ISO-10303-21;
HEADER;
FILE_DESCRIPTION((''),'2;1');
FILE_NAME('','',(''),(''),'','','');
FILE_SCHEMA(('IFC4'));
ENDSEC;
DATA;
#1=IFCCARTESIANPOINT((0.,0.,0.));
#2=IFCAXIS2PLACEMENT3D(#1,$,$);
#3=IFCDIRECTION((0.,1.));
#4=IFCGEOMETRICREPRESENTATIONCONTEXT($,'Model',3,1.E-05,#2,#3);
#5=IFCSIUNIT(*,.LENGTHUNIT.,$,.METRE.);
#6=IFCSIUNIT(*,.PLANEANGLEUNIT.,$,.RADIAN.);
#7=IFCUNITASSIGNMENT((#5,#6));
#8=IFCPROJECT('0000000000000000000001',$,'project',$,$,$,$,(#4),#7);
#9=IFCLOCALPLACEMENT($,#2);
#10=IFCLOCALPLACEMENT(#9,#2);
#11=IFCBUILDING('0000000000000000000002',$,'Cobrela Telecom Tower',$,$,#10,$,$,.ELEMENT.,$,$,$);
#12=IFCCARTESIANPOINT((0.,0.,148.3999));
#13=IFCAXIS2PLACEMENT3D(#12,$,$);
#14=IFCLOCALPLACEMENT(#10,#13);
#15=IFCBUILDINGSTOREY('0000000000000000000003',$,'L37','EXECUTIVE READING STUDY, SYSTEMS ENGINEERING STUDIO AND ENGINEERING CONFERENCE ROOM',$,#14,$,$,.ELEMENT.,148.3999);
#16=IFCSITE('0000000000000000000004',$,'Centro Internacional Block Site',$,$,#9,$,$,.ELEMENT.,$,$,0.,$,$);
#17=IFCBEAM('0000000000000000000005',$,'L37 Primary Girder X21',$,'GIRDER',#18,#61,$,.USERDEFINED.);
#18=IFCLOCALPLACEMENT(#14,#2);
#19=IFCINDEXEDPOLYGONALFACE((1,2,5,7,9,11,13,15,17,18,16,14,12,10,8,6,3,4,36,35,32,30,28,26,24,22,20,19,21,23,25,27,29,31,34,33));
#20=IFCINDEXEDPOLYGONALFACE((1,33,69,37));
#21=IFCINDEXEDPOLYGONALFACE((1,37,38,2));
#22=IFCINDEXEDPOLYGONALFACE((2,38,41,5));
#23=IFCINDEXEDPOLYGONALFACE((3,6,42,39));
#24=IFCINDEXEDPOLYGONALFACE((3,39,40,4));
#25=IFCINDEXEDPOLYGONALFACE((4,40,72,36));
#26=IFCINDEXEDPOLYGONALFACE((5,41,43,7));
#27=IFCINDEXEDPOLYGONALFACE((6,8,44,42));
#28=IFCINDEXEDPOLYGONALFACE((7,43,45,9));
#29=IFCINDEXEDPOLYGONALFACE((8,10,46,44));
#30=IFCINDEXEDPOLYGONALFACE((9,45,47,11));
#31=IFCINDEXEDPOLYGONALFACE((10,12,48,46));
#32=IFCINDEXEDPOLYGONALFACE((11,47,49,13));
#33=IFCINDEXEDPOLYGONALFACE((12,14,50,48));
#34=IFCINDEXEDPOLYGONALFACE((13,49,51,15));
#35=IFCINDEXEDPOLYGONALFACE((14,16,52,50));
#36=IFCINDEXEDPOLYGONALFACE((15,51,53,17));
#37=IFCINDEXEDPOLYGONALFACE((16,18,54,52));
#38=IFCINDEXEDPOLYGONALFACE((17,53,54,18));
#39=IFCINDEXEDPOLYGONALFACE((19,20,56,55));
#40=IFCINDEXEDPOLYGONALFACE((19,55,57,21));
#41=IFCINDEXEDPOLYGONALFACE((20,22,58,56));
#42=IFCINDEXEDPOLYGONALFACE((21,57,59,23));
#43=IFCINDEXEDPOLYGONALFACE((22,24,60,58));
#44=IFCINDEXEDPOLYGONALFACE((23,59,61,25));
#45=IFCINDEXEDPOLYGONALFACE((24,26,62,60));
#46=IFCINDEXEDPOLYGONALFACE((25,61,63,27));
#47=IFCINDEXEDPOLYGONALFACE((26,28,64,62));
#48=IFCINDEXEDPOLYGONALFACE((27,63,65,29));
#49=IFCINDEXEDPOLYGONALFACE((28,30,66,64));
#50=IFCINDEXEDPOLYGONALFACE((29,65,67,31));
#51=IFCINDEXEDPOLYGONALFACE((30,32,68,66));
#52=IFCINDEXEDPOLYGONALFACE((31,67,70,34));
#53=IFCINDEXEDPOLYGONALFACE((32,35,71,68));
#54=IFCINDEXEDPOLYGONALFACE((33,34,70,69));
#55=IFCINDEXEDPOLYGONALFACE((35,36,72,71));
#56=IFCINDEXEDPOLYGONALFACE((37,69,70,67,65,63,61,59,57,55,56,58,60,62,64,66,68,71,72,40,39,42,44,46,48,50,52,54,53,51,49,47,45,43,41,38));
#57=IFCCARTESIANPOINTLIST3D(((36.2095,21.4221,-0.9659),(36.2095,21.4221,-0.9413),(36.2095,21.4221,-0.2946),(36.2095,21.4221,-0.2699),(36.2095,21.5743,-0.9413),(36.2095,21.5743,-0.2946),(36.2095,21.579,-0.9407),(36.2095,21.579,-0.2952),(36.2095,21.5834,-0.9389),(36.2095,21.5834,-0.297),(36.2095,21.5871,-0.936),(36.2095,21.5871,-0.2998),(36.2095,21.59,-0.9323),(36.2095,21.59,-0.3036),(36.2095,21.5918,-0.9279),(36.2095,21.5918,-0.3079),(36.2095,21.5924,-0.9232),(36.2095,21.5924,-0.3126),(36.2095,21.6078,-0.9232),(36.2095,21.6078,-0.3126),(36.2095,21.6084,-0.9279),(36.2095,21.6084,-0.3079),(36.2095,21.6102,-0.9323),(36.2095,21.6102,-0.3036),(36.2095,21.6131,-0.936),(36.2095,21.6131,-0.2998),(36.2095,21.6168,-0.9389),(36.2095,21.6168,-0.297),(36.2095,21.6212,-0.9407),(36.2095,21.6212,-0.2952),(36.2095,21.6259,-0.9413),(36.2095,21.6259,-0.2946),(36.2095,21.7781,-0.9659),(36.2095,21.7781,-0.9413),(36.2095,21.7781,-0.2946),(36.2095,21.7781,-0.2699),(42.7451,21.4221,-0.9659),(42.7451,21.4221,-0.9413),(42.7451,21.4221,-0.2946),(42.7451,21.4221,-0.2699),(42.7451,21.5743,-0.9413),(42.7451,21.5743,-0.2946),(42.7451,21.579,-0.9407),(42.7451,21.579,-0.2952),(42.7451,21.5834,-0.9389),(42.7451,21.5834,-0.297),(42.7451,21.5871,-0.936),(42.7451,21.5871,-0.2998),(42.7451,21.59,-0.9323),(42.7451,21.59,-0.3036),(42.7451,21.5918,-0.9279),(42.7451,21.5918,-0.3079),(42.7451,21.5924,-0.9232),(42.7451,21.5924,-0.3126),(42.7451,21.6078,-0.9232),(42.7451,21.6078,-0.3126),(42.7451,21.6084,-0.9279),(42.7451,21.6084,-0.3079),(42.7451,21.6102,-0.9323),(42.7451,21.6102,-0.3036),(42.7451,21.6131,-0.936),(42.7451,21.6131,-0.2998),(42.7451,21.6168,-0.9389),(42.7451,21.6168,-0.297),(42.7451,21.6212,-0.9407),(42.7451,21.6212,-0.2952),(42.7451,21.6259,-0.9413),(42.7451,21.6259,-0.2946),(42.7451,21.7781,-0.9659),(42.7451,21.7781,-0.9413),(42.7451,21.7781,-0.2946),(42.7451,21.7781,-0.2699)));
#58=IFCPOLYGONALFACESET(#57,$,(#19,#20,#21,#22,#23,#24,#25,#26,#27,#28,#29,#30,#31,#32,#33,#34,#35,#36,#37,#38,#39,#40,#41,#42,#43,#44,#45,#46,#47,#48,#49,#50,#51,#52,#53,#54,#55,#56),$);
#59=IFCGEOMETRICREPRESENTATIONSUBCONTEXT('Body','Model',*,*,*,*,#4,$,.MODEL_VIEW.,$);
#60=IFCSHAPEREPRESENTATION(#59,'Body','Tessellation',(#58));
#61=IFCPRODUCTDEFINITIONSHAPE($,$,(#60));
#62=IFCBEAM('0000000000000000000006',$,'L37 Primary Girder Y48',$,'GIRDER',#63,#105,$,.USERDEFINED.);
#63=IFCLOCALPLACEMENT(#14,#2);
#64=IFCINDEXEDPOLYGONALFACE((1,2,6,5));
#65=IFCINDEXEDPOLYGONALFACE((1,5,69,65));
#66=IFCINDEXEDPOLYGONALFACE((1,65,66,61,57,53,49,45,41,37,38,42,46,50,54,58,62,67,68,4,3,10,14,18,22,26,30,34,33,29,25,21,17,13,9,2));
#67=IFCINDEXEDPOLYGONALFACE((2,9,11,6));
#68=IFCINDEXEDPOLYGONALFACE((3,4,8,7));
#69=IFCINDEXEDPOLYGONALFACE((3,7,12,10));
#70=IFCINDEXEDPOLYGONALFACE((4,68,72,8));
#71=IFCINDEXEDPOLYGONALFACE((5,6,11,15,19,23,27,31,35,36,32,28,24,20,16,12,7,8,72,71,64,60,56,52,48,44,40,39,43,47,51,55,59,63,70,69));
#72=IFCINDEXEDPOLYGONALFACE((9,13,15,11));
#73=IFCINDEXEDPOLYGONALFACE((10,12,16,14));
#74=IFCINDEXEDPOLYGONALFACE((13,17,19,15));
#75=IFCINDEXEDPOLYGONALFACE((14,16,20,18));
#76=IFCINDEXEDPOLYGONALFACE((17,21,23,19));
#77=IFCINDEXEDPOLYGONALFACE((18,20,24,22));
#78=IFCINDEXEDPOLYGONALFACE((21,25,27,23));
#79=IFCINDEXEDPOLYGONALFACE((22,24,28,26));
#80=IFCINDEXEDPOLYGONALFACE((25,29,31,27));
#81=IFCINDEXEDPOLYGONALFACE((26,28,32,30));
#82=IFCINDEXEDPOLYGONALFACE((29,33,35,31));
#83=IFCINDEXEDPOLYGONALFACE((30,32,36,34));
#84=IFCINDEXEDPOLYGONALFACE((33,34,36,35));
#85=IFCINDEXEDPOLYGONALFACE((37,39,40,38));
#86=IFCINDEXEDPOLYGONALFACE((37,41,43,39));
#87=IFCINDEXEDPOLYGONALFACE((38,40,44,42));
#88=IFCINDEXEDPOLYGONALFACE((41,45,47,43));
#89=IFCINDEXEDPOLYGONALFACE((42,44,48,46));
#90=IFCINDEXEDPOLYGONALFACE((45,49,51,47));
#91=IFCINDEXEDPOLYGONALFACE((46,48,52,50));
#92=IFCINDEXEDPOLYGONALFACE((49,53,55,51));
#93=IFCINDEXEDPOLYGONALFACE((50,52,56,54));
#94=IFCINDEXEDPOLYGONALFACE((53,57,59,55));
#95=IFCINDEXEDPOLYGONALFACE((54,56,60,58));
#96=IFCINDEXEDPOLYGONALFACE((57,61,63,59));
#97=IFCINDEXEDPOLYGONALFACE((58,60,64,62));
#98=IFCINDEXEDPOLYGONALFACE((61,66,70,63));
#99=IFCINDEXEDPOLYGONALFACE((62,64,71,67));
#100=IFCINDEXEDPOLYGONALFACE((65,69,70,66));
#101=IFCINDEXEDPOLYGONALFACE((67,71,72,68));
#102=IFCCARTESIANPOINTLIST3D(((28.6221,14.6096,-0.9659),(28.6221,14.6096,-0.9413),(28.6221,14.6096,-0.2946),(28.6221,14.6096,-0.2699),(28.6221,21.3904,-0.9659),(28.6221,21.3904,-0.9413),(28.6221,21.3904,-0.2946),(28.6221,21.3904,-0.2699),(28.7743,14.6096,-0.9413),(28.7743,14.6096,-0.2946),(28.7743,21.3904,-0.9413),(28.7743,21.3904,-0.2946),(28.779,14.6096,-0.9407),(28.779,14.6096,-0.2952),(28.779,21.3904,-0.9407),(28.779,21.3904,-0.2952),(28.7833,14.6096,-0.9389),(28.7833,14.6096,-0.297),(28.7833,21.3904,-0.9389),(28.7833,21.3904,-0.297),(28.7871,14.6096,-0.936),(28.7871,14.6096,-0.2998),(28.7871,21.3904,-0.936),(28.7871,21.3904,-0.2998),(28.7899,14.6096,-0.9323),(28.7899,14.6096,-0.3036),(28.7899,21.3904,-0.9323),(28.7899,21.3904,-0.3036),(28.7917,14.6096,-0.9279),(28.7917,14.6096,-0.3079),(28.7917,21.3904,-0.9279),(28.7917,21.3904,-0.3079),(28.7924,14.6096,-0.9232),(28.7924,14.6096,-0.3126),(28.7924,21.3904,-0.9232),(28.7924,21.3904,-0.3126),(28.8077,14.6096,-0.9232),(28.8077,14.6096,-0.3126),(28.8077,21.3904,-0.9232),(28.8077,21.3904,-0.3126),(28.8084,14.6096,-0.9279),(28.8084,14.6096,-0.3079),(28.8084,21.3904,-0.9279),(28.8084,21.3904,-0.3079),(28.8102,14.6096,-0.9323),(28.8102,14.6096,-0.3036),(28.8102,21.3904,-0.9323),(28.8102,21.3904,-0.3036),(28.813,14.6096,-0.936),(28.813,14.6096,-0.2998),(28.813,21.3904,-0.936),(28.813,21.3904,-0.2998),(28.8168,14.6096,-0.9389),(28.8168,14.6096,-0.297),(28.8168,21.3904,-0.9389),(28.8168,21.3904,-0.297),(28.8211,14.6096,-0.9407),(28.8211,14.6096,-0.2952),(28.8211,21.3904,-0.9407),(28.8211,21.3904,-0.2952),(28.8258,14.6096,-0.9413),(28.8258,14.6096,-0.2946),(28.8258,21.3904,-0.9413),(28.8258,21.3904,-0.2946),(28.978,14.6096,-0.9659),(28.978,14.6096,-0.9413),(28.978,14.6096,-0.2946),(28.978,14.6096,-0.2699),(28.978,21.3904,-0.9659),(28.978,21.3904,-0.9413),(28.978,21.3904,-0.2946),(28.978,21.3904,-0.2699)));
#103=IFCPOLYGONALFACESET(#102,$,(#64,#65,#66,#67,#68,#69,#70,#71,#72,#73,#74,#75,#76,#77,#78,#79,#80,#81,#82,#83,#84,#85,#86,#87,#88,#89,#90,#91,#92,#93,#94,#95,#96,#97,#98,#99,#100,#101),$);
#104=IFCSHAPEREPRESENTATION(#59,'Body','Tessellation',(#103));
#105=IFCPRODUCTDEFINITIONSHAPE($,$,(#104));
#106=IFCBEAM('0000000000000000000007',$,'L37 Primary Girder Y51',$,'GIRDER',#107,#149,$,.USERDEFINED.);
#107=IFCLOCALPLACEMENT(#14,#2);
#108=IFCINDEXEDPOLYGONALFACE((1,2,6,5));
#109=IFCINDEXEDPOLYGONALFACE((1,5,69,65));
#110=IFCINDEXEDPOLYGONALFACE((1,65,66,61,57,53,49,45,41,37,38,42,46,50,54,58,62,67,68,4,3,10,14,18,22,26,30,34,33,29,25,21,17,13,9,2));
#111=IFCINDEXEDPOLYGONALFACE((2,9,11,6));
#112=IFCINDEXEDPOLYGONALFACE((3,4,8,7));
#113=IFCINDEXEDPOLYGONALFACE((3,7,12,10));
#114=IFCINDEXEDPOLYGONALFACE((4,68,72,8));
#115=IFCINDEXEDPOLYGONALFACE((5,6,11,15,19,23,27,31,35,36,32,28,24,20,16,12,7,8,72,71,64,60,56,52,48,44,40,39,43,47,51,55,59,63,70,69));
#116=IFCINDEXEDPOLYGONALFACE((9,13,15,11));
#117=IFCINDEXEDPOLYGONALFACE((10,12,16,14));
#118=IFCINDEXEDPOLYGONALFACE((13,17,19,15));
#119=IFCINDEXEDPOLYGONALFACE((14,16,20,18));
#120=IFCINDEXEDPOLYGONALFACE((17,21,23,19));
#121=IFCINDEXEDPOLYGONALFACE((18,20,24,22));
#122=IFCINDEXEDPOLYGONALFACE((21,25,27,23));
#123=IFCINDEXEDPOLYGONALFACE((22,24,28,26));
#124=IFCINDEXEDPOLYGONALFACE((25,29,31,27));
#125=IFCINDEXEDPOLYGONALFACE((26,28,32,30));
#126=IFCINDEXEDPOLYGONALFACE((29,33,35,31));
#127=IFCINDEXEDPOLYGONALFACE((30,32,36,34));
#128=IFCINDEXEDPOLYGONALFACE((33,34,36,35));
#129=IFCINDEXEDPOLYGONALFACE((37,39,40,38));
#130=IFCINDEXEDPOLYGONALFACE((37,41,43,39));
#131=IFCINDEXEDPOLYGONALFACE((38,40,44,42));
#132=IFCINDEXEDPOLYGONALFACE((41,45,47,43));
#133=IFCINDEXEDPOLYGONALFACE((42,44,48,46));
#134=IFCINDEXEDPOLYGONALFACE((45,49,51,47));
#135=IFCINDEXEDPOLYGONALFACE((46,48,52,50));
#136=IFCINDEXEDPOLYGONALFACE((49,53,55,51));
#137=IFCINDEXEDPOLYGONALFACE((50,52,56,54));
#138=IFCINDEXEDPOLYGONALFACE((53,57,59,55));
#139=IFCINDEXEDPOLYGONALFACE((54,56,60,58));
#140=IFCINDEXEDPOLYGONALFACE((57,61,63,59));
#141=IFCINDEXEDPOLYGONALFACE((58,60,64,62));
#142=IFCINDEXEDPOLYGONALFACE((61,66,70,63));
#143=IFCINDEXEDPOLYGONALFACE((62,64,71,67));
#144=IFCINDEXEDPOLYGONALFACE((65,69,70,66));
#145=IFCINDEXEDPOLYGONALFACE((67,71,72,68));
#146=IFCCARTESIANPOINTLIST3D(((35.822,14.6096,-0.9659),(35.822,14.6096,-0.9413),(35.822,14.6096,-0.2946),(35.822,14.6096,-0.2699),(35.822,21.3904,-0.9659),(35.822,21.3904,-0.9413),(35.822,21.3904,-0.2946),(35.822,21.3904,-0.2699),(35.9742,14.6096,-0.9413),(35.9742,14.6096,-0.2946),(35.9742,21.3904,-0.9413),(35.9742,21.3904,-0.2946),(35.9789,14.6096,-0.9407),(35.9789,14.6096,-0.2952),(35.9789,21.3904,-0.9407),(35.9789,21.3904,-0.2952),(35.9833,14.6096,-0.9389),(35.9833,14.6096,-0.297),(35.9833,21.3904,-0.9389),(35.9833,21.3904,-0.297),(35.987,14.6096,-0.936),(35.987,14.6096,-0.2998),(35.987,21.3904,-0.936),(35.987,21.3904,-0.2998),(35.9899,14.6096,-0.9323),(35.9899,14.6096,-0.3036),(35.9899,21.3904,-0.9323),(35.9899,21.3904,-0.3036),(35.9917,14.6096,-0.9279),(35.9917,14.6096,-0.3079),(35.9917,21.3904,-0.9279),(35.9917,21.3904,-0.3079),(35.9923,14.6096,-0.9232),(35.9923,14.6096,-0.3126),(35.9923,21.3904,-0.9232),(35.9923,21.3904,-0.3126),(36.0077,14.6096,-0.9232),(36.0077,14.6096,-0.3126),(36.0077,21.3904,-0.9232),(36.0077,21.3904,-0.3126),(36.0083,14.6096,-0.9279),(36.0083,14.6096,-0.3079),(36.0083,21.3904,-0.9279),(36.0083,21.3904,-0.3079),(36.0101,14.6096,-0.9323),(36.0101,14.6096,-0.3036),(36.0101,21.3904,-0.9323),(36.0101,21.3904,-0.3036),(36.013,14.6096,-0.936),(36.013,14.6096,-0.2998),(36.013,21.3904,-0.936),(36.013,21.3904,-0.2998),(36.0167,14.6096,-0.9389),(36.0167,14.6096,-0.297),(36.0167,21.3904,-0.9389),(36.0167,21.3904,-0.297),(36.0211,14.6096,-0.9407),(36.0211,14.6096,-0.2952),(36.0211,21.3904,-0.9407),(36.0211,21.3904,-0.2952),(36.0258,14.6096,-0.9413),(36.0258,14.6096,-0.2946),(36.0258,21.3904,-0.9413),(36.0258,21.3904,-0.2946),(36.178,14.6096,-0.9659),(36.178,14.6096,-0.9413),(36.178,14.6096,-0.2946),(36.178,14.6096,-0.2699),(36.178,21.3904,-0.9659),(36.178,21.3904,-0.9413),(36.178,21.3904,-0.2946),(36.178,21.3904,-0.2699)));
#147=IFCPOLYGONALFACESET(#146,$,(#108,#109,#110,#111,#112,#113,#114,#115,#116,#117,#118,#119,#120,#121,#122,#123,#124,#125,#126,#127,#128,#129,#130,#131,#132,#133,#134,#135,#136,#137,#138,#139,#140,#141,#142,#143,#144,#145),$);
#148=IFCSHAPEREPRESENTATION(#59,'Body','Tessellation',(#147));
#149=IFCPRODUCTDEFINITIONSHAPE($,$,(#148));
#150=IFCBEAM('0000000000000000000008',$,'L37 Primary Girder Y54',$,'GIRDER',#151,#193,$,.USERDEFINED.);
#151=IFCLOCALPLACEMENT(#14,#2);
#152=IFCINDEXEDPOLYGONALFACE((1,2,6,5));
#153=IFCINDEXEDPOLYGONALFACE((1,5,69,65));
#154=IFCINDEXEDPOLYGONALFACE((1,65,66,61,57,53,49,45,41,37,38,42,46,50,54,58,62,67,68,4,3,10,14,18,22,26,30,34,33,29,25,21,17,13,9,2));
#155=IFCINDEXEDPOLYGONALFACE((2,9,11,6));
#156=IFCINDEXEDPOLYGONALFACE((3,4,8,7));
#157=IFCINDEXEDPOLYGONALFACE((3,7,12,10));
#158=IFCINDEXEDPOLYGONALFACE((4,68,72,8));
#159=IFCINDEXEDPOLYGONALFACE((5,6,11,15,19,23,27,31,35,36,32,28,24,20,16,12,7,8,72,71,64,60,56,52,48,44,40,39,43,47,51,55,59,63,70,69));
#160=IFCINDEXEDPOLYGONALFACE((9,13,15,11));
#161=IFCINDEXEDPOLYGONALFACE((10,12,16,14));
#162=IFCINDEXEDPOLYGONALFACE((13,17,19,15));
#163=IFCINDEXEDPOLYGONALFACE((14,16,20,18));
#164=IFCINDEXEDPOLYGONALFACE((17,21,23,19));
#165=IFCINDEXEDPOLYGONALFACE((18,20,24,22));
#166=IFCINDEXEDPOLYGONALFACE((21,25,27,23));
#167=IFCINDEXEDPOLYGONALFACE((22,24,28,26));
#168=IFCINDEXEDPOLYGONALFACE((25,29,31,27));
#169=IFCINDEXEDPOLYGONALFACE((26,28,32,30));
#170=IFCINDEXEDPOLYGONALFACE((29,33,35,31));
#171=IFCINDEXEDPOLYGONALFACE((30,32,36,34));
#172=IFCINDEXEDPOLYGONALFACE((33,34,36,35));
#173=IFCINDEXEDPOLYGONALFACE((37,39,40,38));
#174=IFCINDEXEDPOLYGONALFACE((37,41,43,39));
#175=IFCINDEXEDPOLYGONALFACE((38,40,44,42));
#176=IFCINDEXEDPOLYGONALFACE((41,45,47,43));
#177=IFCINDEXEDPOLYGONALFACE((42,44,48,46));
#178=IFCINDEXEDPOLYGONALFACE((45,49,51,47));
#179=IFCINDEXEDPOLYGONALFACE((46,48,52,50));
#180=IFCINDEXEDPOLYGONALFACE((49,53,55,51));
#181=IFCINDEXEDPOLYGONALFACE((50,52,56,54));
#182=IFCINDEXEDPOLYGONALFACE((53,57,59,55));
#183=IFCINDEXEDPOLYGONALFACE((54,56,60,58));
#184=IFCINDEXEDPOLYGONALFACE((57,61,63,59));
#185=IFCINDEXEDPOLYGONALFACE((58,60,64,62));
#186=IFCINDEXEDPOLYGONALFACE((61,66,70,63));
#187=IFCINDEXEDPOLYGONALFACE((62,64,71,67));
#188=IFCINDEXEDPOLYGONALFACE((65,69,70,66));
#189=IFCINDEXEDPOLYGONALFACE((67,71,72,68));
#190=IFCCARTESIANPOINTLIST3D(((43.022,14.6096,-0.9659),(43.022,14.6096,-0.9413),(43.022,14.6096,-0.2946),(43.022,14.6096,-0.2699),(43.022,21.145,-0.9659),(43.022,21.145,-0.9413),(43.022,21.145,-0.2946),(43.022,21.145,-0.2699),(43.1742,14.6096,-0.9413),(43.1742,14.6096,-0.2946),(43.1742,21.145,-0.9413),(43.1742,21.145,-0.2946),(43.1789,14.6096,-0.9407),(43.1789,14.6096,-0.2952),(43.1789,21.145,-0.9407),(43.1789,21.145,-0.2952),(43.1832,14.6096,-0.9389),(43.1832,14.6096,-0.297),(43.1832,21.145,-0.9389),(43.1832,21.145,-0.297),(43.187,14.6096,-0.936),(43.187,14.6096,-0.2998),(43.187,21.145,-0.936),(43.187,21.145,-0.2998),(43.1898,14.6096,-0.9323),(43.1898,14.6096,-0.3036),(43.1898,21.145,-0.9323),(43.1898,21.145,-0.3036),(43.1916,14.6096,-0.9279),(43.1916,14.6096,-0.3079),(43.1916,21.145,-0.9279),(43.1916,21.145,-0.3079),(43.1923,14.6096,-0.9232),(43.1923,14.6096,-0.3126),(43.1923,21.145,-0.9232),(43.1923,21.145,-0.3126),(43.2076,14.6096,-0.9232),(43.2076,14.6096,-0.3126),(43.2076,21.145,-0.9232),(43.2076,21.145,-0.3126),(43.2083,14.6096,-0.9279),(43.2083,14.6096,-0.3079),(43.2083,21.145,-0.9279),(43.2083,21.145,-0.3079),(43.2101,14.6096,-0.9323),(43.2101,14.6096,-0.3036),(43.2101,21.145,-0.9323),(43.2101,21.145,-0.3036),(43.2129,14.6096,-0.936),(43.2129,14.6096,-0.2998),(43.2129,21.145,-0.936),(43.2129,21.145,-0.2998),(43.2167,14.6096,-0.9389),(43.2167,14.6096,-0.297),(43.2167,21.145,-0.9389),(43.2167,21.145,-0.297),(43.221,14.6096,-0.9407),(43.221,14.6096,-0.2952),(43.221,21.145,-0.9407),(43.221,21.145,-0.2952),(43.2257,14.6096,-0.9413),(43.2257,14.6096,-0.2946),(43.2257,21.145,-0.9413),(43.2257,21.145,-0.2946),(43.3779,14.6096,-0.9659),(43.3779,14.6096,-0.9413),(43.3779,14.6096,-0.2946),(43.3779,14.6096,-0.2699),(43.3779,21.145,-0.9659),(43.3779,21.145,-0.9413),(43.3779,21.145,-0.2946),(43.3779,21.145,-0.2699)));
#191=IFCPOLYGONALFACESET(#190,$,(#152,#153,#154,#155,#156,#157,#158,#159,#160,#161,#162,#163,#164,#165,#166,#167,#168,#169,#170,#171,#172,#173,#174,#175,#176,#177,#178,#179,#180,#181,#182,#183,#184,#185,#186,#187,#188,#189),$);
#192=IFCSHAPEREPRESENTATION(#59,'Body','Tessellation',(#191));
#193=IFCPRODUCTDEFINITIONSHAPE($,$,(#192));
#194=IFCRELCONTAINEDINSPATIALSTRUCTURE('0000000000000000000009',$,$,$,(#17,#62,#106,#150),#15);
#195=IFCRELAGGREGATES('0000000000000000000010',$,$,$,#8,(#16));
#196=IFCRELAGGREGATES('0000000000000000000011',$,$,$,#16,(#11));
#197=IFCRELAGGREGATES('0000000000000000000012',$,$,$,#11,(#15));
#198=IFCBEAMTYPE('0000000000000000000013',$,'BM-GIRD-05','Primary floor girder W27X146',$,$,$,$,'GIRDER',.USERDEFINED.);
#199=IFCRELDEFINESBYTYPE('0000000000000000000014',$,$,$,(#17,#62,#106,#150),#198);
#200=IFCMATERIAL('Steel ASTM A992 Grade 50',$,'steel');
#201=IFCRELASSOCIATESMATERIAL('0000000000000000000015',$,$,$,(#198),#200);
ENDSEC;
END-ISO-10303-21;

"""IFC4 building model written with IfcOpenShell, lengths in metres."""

from ifc_helpers import new_model, si_unit, direction, frame, origin, origin_2d, place, context, subcontext, project, spatial, i_section, extrude, material, material_profile, profile_set, type_object, element, save


model = new_model("IFC4")

# Units and contexts
model_context = context("Model", 3, precision=1e-05, world=origin(), true_north=direction((0.0, 1.0)))
body_context = subcontext(model_context, "Body", "Model", "MODEL_VIEW")
ifc_project = project(units=[si_unit("LENGTHUNIT", "METRE"), si_unit("PLANEANGLEUNIT", "RADIAN")], contexts=[model_context])

# Site, building, storey
site_placement = place(None, origin())
site = spatial("IfcSite", under=ifc_project, at=site_placement, Name="Centro Internacional Block Site", CompositionType="ELEMENT", RefElevation=0.0)
building_placement = place(site_placement, origin())
building = spatial("IfcBuilding", under=site, at=building_placement, Name="Cobrela Telecom Tower", CompositionType="ELEMENT")
storey_placement = place(building_placement, frame((0.0, 0.0, 148.3999)))
storey = spatial("IfcBuildingStorey", under=building, at=storey_placement, Name="L37", Description="EXECUTIVE READING STUDY, SYSTEMS ENGINEERING STUDIO AND ENGINEERING CONFERENCE ROOM", CompositionType="ELEMENT", Elevation=148.3999)

# Shared definitions
ifc_material_1 = material(Name="Steel ASTM A992 Grade 50", Category="steel")

# Beams
ifc_material_profile_1 = material_profile(ifc_material_1, i_section(OverallWidth=0.356, OverallDepth=0.696, WebThickness=0.0154, FlangeThickness=0.0247, FilletRadius=0.0181, at=origin_2d()), Name="W27X146")
ifc_profile_set_1 = profile_set([ifc_material_profile_1], Name="Steel ASTM A992 Grade 50")
beam_type_1 = type_object("IfcBeamType", Name="BM-GIRD-05", Description="Primary floor girder W27X146", ElementType="GIRDER", PredefinedType="USERDEFINED", material=ifc_profile_set_1)
beam_1_placement = place(storey_placement, frame((36.2095, 21.6001, -0.6179), z_axis=(1.0, 0.0, 0.0), x_axis=(0.0, 1.0, 0.0)))
element("IfcBeam", 1, at=beam_1_placement, inside=storey, type_object=beam_type_1, Name="L37 Primary Girder X21", ObjectType="GIRDER", PredefinedType="USERDEFINED", context=body_context, shape_type="SweptSolid", body=[
    extrude(i_section(OverallWidth=0.356, OverallDepth=0.696, WebThickness=0.0154, FlangeThickness=0.0247, FilletRadius=0.0181, at=origin_2d()), origin(), (0.0, 0.0, 1.0), 6.5356),
])
for number, where, z_axis, x_axis, name in (
    (2, (28.8, 14.6096, -0.6179), (0.0, 1.0, 0.0), (-1.0, 0.0, 0.0), "L37 Primary Girder Y48"),
    (3, (36.0, 14.6096, -0.6179), (0.0, 1.0, 0.0), (-1.0, 0.0, 0.0), "L37 Primary Girder Y51"),
):
    element("IfcBeam", number, at=place(storey_placement, frame(where, z_axis=z_axis, x_axis=x_axis)), inside=storey, type_object=beam_type_1, Name=name, ObjectType="GIRDER", PredefinedType="USERDEFINED", context=body_context, shape_type="SweptSolid", body=[
        extrude(i_section(OverallWidth=0.356, OverallDepth=0.696, WebThickness=0.0154, FlangeThickness=0.0247, FilletRadius=0.0181, at=origin_2d()), origin(), (0.0, 0.0, 1.0), 6.7808),
    ])
beam_2_placement = place(storey_placement, frame((43.2, 14.6096, -0.6179), z_axis=(0.0, 1.0, 0.0), x_axis=(-1.0, 0.0, 0.0)))
element("IfcBeam", 4, at=beam_2_placement, inside=storey, type_object=beam_type_1, Name="L37 Primary Girder Y54", ObjectType="GIRDER", PredefinedType="USERDEFINED", context=body_context, shape_type="SweptSolid", body=[
    extrude(i_section(OverallWidth=0.356, OverallDepth=0.696, WebThickness=0.0154, FlangeThickness=0.0247, FilletRadius=0.0181, at=origin_2d()), origin(), (0.0, 0.0, 1.0), 6.5354),
])

save(model, "model.ifc")
